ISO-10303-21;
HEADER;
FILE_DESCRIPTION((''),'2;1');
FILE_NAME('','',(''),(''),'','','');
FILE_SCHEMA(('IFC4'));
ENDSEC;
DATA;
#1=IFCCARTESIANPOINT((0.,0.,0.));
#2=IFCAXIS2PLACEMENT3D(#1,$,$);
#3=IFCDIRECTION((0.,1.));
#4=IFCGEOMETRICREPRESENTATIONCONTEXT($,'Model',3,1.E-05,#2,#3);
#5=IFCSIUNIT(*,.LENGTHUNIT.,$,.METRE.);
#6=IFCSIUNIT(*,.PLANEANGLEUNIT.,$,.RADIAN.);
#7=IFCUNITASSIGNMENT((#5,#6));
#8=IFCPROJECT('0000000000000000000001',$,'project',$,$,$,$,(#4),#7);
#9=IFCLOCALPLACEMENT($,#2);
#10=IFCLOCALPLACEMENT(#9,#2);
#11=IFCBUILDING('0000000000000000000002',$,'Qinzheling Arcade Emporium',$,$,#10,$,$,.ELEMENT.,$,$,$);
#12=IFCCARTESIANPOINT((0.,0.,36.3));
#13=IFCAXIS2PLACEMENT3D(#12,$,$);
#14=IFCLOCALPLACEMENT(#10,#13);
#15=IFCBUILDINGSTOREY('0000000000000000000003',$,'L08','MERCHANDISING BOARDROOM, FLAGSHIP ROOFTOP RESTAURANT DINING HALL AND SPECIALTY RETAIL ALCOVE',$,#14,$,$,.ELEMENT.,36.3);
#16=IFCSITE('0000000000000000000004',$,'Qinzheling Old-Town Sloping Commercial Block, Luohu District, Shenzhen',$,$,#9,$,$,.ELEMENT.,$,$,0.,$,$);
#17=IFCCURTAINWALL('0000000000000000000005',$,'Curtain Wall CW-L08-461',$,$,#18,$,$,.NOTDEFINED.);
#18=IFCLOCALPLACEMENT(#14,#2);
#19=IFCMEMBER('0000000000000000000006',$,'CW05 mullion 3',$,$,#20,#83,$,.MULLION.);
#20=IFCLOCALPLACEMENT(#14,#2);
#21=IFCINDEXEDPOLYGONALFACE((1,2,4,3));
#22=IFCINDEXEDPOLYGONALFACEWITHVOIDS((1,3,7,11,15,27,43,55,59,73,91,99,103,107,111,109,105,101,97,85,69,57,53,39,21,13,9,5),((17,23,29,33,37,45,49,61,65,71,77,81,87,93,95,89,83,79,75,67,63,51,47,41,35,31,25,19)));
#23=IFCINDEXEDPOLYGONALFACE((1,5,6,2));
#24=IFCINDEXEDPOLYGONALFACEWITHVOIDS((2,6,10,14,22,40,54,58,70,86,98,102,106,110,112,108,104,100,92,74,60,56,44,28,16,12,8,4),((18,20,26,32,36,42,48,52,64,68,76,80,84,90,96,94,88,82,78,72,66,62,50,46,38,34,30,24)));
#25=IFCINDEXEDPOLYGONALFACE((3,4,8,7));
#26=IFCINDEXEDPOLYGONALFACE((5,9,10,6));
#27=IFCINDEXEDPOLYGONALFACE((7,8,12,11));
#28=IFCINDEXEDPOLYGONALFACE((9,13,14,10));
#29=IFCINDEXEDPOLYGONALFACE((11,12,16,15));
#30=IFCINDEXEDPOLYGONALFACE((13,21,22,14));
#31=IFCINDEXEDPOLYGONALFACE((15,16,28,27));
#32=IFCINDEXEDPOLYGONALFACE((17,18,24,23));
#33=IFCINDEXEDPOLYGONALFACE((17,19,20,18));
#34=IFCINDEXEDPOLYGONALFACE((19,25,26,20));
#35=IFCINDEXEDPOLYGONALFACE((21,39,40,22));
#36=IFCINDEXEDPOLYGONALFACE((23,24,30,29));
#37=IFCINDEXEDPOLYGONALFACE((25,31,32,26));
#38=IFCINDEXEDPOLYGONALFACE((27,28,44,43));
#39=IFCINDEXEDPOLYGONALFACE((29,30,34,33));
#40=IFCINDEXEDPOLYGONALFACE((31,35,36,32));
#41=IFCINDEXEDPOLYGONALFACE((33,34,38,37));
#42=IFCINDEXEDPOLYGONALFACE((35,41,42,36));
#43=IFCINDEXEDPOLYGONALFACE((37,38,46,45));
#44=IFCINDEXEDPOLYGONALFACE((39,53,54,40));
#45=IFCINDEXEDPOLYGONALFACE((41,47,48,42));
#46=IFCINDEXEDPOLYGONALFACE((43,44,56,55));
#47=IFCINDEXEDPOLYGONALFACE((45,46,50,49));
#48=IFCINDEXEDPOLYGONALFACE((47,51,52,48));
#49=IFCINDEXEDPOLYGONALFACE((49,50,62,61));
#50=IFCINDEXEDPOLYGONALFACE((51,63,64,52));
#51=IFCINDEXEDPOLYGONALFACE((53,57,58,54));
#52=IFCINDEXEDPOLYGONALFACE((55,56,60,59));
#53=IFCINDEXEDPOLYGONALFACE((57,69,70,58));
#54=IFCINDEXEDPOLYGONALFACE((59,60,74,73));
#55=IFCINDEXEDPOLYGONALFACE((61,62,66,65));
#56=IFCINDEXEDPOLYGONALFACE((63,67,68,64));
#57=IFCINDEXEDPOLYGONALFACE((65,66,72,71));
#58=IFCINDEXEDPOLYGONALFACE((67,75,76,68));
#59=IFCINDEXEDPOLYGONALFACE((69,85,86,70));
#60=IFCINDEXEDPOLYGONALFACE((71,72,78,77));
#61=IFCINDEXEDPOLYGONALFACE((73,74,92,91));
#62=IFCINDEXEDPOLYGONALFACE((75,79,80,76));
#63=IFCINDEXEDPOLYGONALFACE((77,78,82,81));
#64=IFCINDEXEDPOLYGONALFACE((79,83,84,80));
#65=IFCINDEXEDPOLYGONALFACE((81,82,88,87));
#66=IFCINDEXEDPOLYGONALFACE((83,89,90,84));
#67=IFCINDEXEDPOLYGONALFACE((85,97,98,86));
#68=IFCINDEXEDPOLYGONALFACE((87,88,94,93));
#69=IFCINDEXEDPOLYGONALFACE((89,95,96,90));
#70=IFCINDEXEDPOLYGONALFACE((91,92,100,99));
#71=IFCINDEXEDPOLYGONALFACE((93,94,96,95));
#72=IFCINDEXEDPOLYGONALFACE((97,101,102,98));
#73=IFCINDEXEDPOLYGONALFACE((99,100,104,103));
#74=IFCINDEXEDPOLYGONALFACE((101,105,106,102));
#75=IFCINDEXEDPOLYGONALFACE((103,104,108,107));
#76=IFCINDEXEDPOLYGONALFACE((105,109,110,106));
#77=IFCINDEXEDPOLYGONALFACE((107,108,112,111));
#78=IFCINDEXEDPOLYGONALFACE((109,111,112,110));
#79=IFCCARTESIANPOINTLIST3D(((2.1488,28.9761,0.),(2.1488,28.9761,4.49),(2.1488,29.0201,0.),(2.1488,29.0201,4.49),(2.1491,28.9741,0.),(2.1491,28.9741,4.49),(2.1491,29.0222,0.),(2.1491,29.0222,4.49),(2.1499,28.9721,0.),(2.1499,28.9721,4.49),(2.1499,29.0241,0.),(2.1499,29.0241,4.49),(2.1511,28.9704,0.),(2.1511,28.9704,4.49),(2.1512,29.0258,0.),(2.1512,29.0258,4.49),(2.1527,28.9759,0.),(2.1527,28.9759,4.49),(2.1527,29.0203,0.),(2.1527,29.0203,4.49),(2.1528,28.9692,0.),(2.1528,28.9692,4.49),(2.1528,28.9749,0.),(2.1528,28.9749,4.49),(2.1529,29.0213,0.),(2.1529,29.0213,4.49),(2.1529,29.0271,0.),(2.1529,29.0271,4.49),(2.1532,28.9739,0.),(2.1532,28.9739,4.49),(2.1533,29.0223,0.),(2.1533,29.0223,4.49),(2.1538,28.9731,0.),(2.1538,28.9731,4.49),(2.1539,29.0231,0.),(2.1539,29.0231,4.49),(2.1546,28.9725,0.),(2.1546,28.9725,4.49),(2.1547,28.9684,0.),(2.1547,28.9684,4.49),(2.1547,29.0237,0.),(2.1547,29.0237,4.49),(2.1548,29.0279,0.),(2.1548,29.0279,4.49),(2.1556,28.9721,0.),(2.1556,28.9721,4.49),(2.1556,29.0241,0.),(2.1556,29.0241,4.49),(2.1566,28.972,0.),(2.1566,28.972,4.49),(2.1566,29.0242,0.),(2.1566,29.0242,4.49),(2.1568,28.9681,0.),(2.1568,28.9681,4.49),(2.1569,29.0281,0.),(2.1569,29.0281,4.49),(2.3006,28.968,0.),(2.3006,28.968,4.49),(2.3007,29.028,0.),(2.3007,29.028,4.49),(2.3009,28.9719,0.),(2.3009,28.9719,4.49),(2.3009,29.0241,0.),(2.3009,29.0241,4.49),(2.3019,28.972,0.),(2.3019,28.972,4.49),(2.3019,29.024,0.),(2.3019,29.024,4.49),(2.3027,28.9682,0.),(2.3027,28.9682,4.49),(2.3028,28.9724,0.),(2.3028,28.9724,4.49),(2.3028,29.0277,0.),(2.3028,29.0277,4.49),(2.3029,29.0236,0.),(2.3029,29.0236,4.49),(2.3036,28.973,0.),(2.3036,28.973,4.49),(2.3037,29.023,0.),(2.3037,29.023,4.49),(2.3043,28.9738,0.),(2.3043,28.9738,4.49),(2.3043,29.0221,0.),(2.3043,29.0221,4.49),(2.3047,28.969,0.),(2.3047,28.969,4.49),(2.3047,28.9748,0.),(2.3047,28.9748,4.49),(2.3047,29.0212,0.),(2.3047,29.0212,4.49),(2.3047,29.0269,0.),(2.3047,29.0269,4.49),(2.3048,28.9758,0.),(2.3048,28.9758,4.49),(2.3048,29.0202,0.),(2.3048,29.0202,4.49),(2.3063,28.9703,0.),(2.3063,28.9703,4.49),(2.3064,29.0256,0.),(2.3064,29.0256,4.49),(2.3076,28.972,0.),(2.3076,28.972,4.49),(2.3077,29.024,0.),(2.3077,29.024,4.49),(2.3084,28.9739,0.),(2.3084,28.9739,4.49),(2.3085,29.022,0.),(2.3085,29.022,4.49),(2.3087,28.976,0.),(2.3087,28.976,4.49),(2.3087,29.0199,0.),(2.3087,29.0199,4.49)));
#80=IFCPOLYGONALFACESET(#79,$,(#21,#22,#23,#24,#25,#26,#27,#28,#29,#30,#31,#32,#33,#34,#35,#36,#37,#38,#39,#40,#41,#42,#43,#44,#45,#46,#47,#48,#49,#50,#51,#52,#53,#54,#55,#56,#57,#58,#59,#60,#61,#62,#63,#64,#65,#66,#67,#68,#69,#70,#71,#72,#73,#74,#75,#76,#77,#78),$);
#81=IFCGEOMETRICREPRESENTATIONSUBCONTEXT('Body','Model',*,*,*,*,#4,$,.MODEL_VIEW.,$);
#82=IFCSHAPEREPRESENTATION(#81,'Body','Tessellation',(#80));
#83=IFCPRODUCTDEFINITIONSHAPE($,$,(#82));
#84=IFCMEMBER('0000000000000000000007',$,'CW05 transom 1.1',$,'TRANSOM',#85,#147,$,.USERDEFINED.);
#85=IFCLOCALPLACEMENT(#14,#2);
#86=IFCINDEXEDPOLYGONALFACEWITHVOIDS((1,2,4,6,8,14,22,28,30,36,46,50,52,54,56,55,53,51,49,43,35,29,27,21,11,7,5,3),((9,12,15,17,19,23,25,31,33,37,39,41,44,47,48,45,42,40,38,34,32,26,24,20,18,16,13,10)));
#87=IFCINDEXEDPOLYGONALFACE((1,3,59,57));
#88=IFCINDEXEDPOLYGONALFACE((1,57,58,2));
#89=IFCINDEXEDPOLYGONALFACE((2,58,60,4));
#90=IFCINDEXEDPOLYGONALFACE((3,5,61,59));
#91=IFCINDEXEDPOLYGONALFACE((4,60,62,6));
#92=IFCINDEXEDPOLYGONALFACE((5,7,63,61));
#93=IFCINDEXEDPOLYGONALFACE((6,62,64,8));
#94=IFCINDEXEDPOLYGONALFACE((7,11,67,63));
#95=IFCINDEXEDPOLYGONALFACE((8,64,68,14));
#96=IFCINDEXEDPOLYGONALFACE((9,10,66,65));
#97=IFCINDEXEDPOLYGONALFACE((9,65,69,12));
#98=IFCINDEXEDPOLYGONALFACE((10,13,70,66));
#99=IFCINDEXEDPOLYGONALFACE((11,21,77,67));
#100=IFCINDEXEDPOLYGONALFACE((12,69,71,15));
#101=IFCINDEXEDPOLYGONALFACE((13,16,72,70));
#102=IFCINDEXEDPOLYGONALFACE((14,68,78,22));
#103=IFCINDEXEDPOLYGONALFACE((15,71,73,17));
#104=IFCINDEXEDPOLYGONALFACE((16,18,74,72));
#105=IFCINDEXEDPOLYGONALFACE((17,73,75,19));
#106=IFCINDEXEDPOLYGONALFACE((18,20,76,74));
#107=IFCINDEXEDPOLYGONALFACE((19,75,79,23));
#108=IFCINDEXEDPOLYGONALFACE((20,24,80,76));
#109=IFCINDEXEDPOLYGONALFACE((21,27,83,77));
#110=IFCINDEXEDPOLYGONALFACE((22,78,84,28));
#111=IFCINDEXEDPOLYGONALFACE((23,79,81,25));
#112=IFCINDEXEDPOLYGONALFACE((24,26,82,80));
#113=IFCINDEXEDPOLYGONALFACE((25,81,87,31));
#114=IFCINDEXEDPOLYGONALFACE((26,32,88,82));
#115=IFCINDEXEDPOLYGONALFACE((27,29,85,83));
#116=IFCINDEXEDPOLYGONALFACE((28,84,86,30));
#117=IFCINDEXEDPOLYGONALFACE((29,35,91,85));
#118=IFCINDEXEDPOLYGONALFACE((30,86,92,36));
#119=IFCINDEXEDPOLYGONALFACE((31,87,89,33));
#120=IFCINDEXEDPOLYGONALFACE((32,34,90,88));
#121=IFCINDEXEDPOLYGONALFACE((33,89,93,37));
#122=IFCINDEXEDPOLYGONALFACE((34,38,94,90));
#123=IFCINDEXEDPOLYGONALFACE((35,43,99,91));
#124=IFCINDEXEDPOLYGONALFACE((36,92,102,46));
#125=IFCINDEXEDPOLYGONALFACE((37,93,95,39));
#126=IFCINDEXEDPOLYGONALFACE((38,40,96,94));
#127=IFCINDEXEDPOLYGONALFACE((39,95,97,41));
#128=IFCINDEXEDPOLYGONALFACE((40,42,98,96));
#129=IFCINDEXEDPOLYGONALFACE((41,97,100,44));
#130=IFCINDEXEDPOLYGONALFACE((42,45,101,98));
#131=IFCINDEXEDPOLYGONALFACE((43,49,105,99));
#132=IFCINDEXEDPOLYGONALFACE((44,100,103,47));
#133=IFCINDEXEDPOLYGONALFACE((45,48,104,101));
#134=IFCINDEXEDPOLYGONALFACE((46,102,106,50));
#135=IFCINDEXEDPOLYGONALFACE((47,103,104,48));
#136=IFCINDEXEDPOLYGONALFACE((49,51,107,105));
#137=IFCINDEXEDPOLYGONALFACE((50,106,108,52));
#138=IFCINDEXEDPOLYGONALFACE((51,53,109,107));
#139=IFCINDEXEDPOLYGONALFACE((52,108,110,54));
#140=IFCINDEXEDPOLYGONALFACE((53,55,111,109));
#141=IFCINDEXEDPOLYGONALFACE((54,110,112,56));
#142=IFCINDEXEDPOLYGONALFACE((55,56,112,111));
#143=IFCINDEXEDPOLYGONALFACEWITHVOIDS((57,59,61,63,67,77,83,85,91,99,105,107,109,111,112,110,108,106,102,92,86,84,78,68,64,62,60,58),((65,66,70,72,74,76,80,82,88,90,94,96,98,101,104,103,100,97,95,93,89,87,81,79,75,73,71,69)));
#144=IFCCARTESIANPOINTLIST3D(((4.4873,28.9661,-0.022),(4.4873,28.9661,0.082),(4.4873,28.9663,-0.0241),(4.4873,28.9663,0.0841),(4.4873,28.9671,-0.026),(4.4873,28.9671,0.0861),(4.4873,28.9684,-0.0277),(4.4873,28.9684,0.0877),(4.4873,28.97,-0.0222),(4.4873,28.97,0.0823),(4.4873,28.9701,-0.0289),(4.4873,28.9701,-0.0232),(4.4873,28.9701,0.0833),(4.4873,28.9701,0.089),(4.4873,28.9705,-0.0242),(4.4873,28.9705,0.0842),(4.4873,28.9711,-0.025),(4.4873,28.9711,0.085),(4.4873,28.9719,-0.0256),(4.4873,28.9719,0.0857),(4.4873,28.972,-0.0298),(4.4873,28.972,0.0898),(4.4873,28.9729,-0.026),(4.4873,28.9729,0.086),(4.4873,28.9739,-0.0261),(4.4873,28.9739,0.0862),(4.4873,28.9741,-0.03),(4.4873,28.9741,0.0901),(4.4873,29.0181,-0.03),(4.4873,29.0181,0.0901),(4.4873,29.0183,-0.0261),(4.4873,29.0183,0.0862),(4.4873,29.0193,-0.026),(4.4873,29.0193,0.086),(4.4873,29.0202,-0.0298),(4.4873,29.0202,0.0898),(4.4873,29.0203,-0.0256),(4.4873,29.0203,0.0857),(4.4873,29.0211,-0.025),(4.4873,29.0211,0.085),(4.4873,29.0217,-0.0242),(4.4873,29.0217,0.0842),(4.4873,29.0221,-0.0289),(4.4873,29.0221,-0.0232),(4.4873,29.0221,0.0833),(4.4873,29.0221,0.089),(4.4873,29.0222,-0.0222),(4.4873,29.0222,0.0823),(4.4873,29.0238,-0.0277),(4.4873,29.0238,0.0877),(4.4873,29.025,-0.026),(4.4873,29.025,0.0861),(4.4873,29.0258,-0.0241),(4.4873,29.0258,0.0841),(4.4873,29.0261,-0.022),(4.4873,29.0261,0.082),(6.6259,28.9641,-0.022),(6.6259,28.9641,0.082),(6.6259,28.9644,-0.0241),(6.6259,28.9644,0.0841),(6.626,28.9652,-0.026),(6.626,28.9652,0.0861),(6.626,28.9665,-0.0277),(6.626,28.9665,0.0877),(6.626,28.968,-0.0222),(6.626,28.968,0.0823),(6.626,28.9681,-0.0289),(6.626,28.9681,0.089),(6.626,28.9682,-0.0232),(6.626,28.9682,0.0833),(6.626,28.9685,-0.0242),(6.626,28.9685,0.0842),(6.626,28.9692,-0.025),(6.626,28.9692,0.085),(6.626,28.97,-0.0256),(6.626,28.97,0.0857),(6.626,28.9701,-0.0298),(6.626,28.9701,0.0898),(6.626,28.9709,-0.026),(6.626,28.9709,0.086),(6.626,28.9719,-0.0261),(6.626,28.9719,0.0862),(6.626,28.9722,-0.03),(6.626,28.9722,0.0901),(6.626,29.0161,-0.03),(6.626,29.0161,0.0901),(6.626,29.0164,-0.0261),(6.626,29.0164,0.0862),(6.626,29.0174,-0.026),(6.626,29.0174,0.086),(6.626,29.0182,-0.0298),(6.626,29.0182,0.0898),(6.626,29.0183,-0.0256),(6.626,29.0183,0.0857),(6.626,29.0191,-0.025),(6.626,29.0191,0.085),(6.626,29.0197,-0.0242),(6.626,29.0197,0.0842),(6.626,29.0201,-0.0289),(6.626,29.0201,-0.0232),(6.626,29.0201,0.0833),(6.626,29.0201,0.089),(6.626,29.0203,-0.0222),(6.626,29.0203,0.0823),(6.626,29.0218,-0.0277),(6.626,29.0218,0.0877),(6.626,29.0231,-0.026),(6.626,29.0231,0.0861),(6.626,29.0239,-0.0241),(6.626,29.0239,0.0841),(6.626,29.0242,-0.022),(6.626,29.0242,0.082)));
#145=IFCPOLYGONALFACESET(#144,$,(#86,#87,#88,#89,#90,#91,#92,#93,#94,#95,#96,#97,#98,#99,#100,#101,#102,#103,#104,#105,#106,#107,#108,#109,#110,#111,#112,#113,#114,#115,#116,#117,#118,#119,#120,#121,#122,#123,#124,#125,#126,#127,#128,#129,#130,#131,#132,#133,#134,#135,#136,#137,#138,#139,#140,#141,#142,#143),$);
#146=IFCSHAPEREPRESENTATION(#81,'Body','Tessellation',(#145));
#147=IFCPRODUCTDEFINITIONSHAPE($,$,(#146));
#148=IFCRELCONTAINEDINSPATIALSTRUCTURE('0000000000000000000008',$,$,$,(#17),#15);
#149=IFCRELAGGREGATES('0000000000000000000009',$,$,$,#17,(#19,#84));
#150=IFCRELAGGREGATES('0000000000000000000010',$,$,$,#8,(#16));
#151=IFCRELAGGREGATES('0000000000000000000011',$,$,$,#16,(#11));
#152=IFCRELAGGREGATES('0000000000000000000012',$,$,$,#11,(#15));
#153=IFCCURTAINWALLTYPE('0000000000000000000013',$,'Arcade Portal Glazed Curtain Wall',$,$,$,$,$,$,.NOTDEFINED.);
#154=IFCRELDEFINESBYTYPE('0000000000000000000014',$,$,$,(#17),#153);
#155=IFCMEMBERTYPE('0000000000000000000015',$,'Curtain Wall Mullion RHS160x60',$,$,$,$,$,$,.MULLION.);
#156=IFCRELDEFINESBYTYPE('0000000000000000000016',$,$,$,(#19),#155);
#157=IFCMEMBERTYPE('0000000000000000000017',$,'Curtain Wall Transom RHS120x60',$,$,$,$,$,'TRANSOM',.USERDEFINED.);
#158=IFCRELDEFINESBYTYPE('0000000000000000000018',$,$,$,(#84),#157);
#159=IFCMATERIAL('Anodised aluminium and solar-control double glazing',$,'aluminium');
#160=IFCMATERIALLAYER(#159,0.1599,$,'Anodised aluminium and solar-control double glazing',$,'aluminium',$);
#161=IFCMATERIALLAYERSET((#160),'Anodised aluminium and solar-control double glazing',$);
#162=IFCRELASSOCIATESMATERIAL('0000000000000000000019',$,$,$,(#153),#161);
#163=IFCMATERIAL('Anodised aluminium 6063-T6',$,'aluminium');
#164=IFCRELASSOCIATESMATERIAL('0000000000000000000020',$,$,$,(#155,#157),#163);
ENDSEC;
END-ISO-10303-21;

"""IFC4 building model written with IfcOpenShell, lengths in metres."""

from ifc_helpers import new_model, si_unit, direction, frame, origin, origin_2d, place, context, subcontext, project, spatial, hollow_rectangle, extrude, material, layer, layer_set, material_profile, profile_set, type_object, element, aggregate, save


model = new_model("IFC4")

# Units and contexts
model_context = context("Model", 3, precision=1e-05, world=origin(), true_north=direction((0.0, 1.0)))
body_context = subcontext(model_context, "Body", "Model", "MODEL_VIEW")
ifc_project = project(units=[si_unit("LENGTHUNIT", "METRE"), si_unit("PLANEANGLEUNIT", "RADIAN")], contexts=[model_context])

# Site, building, storey
site_placement = place(None, origin())
site = spatial("IfcSite", under=ifc_project, at=site_placement, Name="Qinzheling Old-Town Sloping Commercial Block, Luohu District, Shenzhen", CompositionType="ELEMENT", RefElevation=0.0)
building_placement = place(site_placement, origin())
building = spatial("IfcBuilding", under=site, at=building_placement, Name="Qinzheling Arcade Emporium", CompositionType="ELEMENT")
storey_placement = place(building_placement, frame((0.0, 0.0, 36.3)))
storey = spatial("IfcBuildingStorey", under=building, at=storey_placement, Name="L08", Description="MERCHANDISING BOARDROOM, FLAGSHIP ROOFTOP RESTAURANT DINING HALL AND SPECIALTY RETAIL ALCOVE", CompositionType="ELEMENT", Elevation=36.3)

# Curtain wall, members
ifc_material_1 = material(Name="Anodised aluminium and solar-control double glazing", Category="aluminium")
ifc_layer_1 = layer(ifc_material_1, 0.1599, Name="Anodised aluminium and solar-control double glazing", Category="aluminium")
ifc_layer_set_1 = layer_set([ifc_layer_1], Name="Anodised aluminium and solar-control double glazing")
curtain_wall_type = type_object("IfcCurtainWallType", Name="Arcade Portal Glazed Curtain Wall", PredefinedType="NOTDEFINED", material=ifc_layer_set_1)
ifc_material_2 = material(Name="Anodised aluminium 6063-T6", Category="aluminium")
ifc_material_profile_1 = material_profile(ifc_material_2, hollow_rectangle(XDim=0.0601, YDim=0.1599, WallThickness=0.0039, InnerFilletRadius=0.0039, OuterFilletRadius=0.0081, at=origin_2d()), Name="RHS 160x60x4", Category="aluminium")
ifc_profile_set_1 = profile_set([ifc_material_profile_1], Name="Anodised aluminium 6063-T6")
member_type_1 = type_object("IfcMemberType", Name="Curtain Wall Mullion RHS160x60", PredefinedType="MULLION", material=ifc_profile_set_1)
curtain_wall_1_placement = place(storey_placement, origin())
curtain_wall_1 = element("IfcCurtainWall", 1, at=curtain_wall_1_placement, inside=storey, type_object=curtain_wall_type, Name="Curtain Wall CW-L08-461", PredefinedType="NOTDEFINED")
member_1_placement = place(storey_placement, frame((2.2288, 28.998, 0.0), z_axis=(0.0, 0.0, 1.0), x_axis=(-0.000897, -1.0, 0.0)))
member_1 = element("IfcMember", 2, at=member_1_placement, type_object=member_type_1, Name="CW05 mullion 3", PredefinedType="MULLION", context=body_context, shape_type="SweptSolid", body=[
    extrude(hollow_rectangle(XDim=0.0601, YDim=0.1599, WallThickness=0.0039, InnerFilletRadius=0.0039, OuterFilletRadius=0.0081, at=origin_2d()), origin(), (0.0, 0.0, 1.0), 4.49),
])
ifc_material_profile_2 = material_profile(ifc_material_2, hollow_rectangle(XDim=0.0601, YDim=0.1201, WallThickness=0.0039, InnerFilletRadius=0.0039, OuterFilletRadius=0.0081, at=origin_2d()), Name="RHS 120x60x4", Category="aluminium")
ifc_profile_set_2 = profile_set([ifc_material_profile_2], Name="Anodised aluminium 6063-T6")
member_type_2 = type_object("IfcMemberType", Name="Curtain Wall Transom RHS120x60", ElementType="TRANSOM", PredefinedType="USERDEFINED", material=ifc_profile_set_2)
member_2_placement = place(storey_placement, frame((6.626, 28.9941, 0.03), z_axis=(-1.0, 0.000913, 0.0), x_axis=(-0.000913, -1.0, 0.0)))
member_2 = element("IfcMember", 3, at=member_2_placement, type_object=member_type_2, Name="CW05 transom 1.1", ObjectType="TRANSOM", PredefinedType="USERDEFINED", context=body_context, shape_type="SweptSolid", body=[
    extrude(hollow_rectangle(XDim=0.0601, YDim=0.1201, WallThickness=0.0039, InnerFilletRadius=0.0039, OuterFilletRadius=0.0081, at=origin_2d()), origin(), (0.0, 0.0, 1.0), 2.1387),
])

aggregate(curtain_wall_1, [member_1, member_2])

save(model, "model.ifc")
